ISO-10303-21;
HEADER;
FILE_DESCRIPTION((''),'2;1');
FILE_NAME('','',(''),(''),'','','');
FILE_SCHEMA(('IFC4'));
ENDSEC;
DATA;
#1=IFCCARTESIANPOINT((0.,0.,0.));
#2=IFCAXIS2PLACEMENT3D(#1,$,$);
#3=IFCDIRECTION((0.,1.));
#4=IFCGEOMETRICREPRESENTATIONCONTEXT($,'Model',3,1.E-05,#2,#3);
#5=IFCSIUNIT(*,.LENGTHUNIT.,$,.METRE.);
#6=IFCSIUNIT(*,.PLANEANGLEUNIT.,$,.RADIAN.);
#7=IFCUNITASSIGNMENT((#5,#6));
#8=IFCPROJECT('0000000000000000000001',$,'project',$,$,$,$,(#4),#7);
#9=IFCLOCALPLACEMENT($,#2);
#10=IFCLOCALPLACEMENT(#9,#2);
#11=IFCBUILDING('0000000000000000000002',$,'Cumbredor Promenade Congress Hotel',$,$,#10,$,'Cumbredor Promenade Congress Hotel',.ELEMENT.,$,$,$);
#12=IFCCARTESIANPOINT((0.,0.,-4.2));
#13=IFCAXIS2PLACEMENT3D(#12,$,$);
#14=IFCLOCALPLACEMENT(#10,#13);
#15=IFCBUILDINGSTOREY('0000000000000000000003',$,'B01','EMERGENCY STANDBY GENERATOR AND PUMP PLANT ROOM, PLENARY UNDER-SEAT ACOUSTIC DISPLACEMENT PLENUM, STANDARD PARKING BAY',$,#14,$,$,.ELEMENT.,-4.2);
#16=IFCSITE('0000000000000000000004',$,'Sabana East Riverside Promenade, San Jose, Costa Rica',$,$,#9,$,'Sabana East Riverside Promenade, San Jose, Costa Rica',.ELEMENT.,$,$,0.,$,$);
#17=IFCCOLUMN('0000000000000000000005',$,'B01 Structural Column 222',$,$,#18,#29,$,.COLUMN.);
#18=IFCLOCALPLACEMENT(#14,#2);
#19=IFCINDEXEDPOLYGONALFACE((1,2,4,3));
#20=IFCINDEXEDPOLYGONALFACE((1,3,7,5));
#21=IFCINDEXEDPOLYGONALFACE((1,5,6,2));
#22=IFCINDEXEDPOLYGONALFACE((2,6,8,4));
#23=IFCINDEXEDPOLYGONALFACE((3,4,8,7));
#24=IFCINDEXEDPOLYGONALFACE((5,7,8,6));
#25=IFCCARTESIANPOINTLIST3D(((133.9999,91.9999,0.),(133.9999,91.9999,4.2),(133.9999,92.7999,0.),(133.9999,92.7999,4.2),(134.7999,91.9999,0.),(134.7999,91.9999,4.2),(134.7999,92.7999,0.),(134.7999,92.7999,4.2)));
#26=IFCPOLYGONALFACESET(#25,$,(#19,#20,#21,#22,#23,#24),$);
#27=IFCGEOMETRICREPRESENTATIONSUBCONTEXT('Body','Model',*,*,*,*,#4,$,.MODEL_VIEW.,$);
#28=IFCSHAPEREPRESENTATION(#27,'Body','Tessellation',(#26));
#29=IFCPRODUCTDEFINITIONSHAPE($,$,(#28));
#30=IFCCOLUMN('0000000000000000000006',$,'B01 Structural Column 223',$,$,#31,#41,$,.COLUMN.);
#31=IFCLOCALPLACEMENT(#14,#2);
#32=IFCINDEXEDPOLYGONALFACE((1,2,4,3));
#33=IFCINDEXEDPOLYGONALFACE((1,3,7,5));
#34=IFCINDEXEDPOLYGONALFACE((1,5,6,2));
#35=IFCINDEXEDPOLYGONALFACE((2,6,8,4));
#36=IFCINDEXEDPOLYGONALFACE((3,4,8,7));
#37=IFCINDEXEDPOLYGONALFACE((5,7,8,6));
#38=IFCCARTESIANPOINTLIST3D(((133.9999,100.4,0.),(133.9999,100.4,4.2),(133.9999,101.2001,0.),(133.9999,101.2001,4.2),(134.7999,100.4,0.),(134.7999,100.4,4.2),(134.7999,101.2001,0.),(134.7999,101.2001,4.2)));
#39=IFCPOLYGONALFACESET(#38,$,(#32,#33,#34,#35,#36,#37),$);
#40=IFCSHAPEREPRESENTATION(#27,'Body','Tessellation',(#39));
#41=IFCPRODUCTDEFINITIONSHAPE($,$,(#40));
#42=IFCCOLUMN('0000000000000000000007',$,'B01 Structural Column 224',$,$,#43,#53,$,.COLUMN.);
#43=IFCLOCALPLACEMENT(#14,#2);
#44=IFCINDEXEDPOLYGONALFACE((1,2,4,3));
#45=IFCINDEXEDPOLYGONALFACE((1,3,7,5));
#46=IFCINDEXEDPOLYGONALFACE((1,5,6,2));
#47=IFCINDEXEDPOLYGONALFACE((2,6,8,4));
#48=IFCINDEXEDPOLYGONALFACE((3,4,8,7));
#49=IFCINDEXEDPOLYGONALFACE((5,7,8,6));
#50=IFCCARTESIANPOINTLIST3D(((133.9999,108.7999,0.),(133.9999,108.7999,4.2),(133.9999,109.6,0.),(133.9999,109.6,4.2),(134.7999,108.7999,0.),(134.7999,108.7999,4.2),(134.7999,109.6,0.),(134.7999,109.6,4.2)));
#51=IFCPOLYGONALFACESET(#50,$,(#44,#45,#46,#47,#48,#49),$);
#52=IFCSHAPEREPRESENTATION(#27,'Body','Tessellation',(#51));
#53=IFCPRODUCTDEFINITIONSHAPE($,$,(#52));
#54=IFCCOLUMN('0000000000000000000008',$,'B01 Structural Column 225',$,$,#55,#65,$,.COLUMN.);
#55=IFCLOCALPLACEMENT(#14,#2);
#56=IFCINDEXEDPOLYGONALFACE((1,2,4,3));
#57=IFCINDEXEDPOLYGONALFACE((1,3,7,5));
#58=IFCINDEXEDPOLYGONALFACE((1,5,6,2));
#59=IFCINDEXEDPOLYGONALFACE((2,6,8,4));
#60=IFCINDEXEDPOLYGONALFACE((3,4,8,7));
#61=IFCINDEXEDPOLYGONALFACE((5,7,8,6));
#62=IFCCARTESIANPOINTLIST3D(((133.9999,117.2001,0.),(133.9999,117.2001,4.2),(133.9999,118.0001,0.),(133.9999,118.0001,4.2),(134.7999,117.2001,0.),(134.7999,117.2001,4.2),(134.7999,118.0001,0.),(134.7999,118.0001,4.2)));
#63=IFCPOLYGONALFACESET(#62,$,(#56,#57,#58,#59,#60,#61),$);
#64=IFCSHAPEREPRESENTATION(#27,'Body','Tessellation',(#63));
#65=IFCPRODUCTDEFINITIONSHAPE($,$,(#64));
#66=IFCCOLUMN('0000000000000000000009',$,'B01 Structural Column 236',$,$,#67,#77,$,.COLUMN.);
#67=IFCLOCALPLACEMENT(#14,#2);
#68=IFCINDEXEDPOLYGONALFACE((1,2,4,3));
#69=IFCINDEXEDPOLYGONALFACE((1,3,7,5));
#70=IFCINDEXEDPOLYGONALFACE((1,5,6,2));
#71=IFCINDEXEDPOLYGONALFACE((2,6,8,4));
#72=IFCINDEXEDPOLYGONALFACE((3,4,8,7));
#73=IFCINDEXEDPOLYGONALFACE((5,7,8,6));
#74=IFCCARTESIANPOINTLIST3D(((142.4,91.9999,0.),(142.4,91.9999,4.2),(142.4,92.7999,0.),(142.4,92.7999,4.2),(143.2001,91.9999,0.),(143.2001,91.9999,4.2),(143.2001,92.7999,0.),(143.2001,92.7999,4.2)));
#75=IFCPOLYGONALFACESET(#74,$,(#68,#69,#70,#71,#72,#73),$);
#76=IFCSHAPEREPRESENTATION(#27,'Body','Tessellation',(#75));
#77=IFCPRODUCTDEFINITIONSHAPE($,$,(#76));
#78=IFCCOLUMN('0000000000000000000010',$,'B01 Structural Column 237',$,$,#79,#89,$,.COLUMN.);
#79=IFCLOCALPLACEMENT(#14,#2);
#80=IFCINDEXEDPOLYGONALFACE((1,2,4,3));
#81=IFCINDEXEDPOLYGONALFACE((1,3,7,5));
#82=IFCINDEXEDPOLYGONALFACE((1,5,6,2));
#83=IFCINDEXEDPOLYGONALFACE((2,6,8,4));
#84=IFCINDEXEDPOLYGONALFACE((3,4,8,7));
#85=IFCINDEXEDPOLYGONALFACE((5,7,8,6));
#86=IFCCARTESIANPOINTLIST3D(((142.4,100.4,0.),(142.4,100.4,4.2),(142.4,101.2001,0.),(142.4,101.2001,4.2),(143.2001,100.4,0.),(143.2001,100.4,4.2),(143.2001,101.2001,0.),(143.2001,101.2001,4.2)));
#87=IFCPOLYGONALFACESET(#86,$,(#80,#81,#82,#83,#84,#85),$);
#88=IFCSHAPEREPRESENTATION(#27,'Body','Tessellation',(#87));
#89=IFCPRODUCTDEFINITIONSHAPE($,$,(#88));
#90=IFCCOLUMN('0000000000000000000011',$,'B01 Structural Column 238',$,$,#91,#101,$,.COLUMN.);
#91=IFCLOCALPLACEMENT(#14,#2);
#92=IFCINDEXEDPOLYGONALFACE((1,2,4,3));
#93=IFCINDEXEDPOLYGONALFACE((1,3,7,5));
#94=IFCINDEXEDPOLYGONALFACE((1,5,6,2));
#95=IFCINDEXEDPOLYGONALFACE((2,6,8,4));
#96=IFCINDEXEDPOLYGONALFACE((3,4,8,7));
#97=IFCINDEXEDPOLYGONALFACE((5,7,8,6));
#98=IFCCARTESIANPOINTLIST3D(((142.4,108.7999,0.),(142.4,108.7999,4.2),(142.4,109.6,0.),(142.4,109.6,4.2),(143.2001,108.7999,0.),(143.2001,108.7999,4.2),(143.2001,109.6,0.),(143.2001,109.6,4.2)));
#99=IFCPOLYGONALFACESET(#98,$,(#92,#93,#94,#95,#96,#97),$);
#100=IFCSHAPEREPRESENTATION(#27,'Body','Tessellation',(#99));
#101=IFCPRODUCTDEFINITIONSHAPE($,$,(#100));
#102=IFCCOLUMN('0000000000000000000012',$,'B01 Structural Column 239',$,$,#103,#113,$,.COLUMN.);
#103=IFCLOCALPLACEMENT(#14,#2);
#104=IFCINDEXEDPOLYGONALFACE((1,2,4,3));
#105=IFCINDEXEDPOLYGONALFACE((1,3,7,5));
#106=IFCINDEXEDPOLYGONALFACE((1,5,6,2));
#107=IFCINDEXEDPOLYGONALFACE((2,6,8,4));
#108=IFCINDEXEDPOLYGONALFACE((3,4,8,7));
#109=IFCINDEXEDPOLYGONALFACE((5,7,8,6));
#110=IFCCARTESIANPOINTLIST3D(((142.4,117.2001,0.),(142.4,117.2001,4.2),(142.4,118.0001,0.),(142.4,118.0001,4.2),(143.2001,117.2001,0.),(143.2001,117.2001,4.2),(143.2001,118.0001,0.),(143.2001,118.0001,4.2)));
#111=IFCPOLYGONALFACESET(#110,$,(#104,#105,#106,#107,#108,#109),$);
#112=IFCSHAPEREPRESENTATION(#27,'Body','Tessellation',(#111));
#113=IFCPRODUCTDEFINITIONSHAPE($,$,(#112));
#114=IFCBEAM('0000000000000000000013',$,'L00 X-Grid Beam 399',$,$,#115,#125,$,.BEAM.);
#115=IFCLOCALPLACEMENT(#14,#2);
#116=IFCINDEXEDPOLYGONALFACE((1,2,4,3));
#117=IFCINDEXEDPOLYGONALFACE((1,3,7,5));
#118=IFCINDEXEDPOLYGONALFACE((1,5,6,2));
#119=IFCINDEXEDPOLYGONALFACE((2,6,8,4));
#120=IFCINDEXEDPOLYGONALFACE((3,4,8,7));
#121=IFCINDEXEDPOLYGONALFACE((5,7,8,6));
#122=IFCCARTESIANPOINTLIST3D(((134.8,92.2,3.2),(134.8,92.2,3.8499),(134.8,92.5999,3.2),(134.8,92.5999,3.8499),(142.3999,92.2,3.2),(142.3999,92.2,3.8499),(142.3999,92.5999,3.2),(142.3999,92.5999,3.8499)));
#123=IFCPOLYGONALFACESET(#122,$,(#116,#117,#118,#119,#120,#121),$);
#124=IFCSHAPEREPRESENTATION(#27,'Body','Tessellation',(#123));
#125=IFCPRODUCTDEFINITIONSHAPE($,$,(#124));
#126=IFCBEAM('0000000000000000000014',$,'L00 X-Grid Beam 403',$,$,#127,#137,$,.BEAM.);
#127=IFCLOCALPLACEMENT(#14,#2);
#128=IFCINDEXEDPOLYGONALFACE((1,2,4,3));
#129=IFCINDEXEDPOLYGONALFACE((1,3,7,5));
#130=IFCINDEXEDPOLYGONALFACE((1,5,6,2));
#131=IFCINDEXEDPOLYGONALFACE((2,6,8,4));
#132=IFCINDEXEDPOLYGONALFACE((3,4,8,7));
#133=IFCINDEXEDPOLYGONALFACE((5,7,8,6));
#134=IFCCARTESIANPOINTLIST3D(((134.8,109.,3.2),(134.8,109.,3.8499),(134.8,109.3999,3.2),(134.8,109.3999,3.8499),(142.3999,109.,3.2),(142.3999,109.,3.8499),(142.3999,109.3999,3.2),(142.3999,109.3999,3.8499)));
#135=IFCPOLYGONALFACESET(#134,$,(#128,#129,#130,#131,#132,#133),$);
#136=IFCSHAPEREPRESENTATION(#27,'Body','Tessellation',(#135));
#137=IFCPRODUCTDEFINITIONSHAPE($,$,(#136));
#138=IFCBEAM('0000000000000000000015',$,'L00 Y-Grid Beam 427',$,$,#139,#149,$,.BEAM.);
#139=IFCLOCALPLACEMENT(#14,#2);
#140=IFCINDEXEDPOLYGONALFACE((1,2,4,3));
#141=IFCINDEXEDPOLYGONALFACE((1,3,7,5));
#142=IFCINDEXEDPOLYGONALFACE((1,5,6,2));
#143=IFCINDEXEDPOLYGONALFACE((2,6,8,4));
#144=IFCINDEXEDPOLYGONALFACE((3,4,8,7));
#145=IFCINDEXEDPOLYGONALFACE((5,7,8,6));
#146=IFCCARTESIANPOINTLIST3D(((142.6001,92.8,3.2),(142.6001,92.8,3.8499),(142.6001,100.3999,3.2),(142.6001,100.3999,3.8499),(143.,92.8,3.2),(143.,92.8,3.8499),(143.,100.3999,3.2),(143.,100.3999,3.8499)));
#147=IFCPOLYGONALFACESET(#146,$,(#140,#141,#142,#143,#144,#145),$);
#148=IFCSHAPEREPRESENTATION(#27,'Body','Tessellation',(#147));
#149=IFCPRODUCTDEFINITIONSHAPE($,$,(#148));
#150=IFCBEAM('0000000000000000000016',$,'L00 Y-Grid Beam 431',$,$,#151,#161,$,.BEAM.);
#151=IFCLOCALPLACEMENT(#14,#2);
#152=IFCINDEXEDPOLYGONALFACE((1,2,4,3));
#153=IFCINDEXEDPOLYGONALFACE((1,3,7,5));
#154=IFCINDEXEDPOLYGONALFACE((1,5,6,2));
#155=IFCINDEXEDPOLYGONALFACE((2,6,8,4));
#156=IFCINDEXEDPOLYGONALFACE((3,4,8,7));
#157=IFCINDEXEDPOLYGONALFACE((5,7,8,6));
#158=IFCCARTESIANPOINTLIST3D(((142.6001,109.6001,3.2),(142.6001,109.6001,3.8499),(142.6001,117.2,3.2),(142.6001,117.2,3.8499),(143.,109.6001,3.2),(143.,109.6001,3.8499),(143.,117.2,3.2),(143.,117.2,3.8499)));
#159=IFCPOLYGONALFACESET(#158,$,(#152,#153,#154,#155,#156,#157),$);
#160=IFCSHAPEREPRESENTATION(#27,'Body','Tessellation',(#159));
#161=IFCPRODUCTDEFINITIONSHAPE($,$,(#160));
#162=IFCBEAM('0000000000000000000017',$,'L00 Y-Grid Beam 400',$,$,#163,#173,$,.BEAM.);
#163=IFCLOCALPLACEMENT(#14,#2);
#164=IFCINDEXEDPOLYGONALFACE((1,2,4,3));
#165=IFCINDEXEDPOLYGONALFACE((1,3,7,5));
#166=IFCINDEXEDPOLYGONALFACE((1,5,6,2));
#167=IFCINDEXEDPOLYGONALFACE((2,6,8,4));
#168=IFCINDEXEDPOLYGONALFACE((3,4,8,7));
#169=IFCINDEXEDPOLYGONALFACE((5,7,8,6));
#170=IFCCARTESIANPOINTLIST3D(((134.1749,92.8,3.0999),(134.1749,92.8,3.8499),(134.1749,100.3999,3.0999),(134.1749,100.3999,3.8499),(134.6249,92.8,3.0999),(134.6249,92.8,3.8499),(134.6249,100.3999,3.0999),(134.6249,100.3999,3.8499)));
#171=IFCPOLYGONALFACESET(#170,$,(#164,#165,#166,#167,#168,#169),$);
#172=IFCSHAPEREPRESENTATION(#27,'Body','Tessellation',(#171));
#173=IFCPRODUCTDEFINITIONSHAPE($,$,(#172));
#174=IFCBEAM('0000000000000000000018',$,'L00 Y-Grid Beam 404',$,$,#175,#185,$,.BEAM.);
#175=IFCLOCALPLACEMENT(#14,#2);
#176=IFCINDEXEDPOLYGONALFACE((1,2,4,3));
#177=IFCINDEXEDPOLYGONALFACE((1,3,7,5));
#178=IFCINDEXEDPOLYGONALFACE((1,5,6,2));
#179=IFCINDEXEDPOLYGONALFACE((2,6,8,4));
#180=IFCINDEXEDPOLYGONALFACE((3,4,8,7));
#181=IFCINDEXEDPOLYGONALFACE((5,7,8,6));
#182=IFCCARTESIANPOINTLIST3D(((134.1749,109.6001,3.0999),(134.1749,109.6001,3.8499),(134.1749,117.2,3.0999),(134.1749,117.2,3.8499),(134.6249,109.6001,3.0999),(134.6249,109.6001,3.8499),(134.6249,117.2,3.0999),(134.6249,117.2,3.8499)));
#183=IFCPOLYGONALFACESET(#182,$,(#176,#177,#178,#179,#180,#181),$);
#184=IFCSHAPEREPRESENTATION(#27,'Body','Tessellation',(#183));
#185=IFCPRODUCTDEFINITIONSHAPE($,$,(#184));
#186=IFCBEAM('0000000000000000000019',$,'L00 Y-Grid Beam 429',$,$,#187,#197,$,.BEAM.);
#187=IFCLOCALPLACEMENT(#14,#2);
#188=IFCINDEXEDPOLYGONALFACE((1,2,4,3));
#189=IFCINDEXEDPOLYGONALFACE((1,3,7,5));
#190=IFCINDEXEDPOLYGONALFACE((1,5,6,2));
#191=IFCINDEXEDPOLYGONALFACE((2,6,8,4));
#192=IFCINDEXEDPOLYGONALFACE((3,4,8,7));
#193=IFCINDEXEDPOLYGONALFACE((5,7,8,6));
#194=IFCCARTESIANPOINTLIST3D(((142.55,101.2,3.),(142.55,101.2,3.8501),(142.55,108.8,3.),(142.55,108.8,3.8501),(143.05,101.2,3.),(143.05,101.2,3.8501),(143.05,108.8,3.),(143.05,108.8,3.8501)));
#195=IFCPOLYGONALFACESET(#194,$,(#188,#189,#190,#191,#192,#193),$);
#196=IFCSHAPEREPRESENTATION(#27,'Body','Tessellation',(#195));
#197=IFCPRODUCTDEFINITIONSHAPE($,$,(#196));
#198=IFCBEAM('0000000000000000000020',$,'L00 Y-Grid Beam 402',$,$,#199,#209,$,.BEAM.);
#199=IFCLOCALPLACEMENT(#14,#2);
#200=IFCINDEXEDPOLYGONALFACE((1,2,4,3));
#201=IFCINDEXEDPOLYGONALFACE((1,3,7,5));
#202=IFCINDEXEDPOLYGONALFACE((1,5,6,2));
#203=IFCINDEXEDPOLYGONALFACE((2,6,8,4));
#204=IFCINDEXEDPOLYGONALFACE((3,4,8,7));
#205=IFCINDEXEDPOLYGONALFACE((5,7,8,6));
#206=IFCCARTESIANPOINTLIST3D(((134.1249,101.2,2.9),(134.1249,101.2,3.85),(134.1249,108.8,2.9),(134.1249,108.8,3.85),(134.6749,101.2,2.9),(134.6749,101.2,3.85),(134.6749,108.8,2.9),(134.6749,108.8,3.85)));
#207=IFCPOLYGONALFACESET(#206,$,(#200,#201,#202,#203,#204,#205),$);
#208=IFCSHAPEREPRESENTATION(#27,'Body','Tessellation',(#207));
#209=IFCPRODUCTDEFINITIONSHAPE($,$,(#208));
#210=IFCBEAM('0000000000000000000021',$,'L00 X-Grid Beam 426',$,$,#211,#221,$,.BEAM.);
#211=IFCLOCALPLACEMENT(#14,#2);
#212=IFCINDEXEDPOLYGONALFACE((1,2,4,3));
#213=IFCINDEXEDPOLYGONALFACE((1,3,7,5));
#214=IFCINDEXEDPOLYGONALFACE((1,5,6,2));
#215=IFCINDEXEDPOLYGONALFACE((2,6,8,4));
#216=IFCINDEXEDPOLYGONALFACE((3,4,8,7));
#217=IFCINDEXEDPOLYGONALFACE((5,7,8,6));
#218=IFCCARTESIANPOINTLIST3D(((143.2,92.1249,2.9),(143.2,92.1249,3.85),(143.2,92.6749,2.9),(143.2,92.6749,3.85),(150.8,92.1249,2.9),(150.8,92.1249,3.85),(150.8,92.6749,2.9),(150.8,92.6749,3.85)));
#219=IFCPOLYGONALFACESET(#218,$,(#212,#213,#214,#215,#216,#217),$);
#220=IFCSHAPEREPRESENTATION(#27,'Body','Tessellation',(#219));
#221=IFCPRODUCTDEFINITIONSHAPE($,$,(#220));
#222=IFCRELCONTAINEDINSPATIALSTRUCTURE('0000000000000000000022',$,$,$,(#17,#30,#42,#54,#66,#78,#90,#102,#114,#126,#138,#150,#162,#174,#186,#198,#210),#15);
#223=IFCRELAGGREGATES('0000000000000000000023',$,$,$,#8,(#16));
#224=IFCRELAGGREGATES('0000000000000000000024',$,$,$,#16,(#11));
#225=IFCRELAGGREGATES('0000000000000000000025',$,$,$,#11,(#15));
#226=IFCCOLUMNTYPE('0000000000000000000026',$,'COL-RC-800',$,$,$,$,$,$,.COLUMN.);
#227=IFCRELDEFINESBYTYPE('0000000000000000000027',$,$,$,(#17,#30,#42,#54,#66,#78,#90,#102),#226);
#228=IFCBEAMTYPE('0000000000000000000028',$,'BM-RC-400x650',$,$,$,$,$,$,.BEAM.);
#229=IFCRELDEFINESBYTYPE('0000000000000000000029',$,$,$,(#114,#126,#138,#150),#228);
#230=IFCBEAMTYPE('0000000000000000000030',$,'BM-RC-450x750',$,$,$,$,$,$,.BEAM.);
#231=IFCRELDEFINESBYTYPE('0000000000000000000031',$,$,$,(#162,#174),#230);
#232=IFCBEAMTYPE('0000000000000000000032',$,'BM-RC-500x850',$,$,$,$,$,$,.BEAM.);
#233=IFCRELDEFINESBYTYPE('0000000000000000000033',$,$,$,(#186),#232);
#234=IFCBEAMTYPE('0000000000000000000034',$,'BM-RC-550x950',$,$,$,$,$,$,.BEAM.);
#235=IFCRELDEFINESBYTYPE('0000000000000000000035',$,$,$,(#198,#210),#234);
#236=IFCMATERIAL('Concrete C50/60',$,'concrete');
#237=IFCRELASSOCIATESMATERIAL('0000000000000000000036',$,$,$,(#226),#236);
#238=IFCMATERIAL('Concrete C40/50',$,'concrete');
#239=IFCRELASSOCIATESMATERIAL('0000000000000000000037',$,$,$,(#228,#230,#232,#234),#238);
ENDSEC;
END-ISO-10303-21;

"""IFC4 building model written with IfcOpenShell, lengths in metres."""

from ifc_helpers import new_model, si_unit, direction, frame, origin, origin_2d, place, context, subcontext, project, spatial, rectangle, extrude, material, material_profile, profile_set, type_object, element, save


model = new_model("IFC4")

# Units and contexts
model_context = context("Model", 3, precision=1e-05, world=origin(), true_north=direction((0.0, 1.0)))
body_context = subcontext(model_context, "Body", "Model", "MODEL_VIEW")
ifc_project = project(units=[si_unit("LENGTHUNIT", "METRE"), si_unit("PLANEANGLEUNIT", "RADIAN")], contexts=[model_context])

# Site, building, storey
site_placement = place(None, origin())
site = spatial("IfcSite", under=ifc_project, at=site_placement, Name="Sabana East Riverside Promenade, San Jose, Costa Rica", LongName="Sabana East Riverside Promenade, San Jose, Costa Rica", CompositionType="ELEMENT", RefElevation=0.0)
building_placement = place(site_placement, origin())
building = spatial("IfcBuilding", under=site, at=building_placement, Name="Cumbredor Promenade Congress Hotel", LongName="Cumbredor Promenade Congress Hotel", CompositionType="ELEMENT")
storey_placement = place(building_placement, frame((0.0, 0.0, -4.2)))
storey = spatial("IfcBuildingStorey", under=building, at=storey_placement, Name="B01", Description="EMERGENCY STANDBY GENERATOR AND PUMP PLANT ROOM, PLENARY UNDER-SEAT ACOUSTIC DISPLACEMENT PLENUM, STANDARD PARKING BAY", CompositionType="ELEMENT", Elevation=-4.2)

# Columns
ifc_material_1 = material(Name="Concrete C50/60", Category="concrete")
ifc_material_profile_1 = material_profile(ifc_material_1, rectangle(XDim=0.8, YDim=0.8, at=origin_2d()), Name="RC 800x800")
ifc_profile_set_1 = profile_set([ifc_material_profile_1], Name="Concrete C50/60")
column_type = type_object("IfcColumnType", Name="COL-RC-800", PredefinedType="COLUMN", material=ifc_profile_set_1)
for number, where, z_axis, x_axis, name in (
    (1, (134.3999, 92.3999, 0.0), (0.0, 0.0, 1.0), (1.0, 0.0, 0.0), "B01 Structural Column 222"),
    (2, (134.3999, 100.8, 0.0), (0.0, 0.0, 1.0), (1.0, 0.0, 0.0), "B01 Structural Column 223"),
    (3, (134.3999, 109.2, 0.0), (0.0, 0.0, 1.0), (1.0, 0.0, 0.0), "B01 Structural Column 224"),
    (4, (134.3999, 117.6001, 0.0), (0.0, 0.0, 1.0), (1.0, 0.0, 0.0), "B01 Structural Column 225"),
    (5, (142.8, 92.3999, 0.0), (0.0, 0.0, 1.0), (1.0, 0.0, 0.0), "B01 Structural Column 236"),
    (6, (142.8, 100.8, 0.0), (0.0, 0.0, 1.0), (1.0, 0.0, 0.0), "B01 Structural Column 237"),
    (7, (142.8, 109.2, 0.0), (0.0, 0.0, 1.0), (1.0, 0.0, 0.0), "B01 Structural Column 238"),
    (8, (142.8, 117.6001, 0.0), (0.0, 0.0, 1.0), (1.0, 0.0, 0.0), "B01 Structural Column 239"),
):
    element("IfcColumn", number, at=place(storey_placement, frame(where, z_axis=z_axis, x_axis=x_axis)), inside=storey, type_object=column_type, Name=name, PredefinedType="COLUMN", context=body_context, shape_type="SweptSolid", body=[
        extrude(rectangle(XDim=0.8, YDim=0.8, at=origin_2d()), origin(), (0.0, 0.0, 1.0), 4.2),
    ])

# Beams
ifc_material_2 = material(Name="Concrete C40/50", Category="concrete")
ifc_material_profile_2 = material_profile(ifc_material_2, rectangle(XDim=0.3999, YDim=0.6499, at=origin_2d()), Name="RC BEAM 400x650")
ifc_profile_set_2 = profile_set([ifc_material_profile_2], Name="Concrete C40/50")
beam_type_1 = type_object("IfcBeamType", Name="BM-RC-400x650", PredefinedType="BEAM", material=ifc_profile_set_2)
for number, where, z_axis, x_axis, name in (
    (9, (134.8, 92.3999, 3.5249), (1.0, 0.0, 0.0), (0.0, 1.0, 0.0), "L00 X-Grid Beam 399"),
    (10, (134.8, 109.2, 3.5249), (1.0, 0.0, 0.0), (0.0, 1.0, 0.0), "L00 X-Grid Beam 403"),
    (11, (142.8, 92.8, 3.5249), (0.0, 1.0, 0.0), (-1.0, 0.0, 0.0), "L00 Y-Grid Beam 427"),
    (12, (142.8, 109.6001, 3.5249), (0.0, 1.0, 0.0), (-1.0, 0.0, 0.0), "L00 Y-Grid Beam 431"),
):
    element("IfcBeam", number, at=place(storey_placement, frame(where, z_axis=z_axis, x_axis=x_axis)), inside=storey, type_object=beam_type_1, Name=name, PredefinedType="BEAM", context=body_context, shape_type="SweptSolid", body=[
        extrude(rectangle(XDim=0.3999, YDim=0.6499, at=origin_2d()), origin(), (0.0, 0.0, 1.0), 7.5999),
    ])
ifc_material_profile_3 = material_profile(ifc_material_2, rectangle(XDim=0.45, YDim=0.75, at=origin_2d()), Name="RC BEAM 450x750")
ifc_profile_set_3 = profile_set([ifc_material_profile_3], Name="Concrete C40/50")
beam_type_2 = type_object("IfcBeamType", Name="BM-RC-450x750", PredefinedType="BEAM", material=ifc_profile_set_3)
for number, where, z_axis, x_axis, name in (
    (13, (134.3999, 92.8, 3.4749), (0.0, 1.0, 0.0), (-1.0, 0.0, 0.0), "L00 Y-Grid Beam 400"),
    (14, (134.3999, 109.6001, 3.4749), (0.0, 1.0, 0.0), (-1.0, 0.0, 0.0), "L00 Y-Grid Beam 404"),
):
    element("IfcBeam", number, at=place(storey_placement, frame(where, z_axis=z_axis, x_axis=x_axis)), inside=storey, type_object=beam_type_2, Name=name, PredefinedType="BEAM", context=body_context, shape_type="SweptSolid", body=[
        extrude(rectangle(XDim=0.45, YDim=0.75, at=origin_2d()), origin(), (0.0, 0.0, 1.0), 7.5999),
    ])
ifc_material_profile_4 = material_profile(ifc_material_2, rectangle(XDim=0.5, YDim=0.8501, at=origin_2d()), Name="RC BEAM 500x850")
ifc_profile_set_4 = profile_set([ifc_material_profile_4], Name="Concrete C40/50")
beam_type_3 = type_object("IfcBeamType", Name="BM-RC-500x850", PredefinedType="BEAM", material=ifc_profile_set_4)
beam_1_placement = place(storey_placement, frame((142.8, 101.2, 3.425), z_axis=(0.0, 1.0, 0.0), x_axis=(-1.0, 0.0, 0.0)))
element("IfcBeam", 15, at=beam_1_placement, inside=storey, type_object=beam_type_3, Name="L00 Y-Grid Beam 429", PredefinedType="BEAM", context=body_context, shape_type="SweptSolid", body=[
    extrude(rectangle(XDim=0.5, YDim=0.8501, at=origin_2d()), origin(), (0.0, 0.0, 1.0), 7.6001),
])
ifc_material_profile_5 = material_profile(ifc_material_2, rectangle(XDim=0.55, YDim=0.95, at=origin_2d()), Name="RC BEAM 550x950")
ifc_profile_set_5 = profile_set([ifc_material_profile_5], Name="Concrete C40/50")
beam_type_4 = type_object("IfcBeamType", Name="BM-RC-550x950", PredefinedType="BEAM", material=ifc_profile_set_5)
for number, where, z_axis, x_axis, name in (
    (16, (134.3999, 101.2, 3.375), (0.0, 1.0, 0.0), (-1.0, 0.0, 0.0), "L00 Y-Grid Beam 402"),
    (17, (143.2, 92.3999, 3.375), (1.0, 0.0, 0.0), (0.0, 1.0, 0.0), "L00 X-Grid Beam 426"),
):
    element("IfcBeam", number, at=place(storey_placement, frame(where, z_axis=z_axis, x_axis=x_axis)), inside=storey, type_object=beam_type_4, Name=name, PredefinedType="BEAM", context=body_context, shape_type="SweptSolid", body=[
        extrude(rectangle(XDim=0.55, YDim=0.95, at=origin_2d()), origin(), (0.0, 0.0, 1.0), 7.6001),
    ])

save(model, "model.ifc")
